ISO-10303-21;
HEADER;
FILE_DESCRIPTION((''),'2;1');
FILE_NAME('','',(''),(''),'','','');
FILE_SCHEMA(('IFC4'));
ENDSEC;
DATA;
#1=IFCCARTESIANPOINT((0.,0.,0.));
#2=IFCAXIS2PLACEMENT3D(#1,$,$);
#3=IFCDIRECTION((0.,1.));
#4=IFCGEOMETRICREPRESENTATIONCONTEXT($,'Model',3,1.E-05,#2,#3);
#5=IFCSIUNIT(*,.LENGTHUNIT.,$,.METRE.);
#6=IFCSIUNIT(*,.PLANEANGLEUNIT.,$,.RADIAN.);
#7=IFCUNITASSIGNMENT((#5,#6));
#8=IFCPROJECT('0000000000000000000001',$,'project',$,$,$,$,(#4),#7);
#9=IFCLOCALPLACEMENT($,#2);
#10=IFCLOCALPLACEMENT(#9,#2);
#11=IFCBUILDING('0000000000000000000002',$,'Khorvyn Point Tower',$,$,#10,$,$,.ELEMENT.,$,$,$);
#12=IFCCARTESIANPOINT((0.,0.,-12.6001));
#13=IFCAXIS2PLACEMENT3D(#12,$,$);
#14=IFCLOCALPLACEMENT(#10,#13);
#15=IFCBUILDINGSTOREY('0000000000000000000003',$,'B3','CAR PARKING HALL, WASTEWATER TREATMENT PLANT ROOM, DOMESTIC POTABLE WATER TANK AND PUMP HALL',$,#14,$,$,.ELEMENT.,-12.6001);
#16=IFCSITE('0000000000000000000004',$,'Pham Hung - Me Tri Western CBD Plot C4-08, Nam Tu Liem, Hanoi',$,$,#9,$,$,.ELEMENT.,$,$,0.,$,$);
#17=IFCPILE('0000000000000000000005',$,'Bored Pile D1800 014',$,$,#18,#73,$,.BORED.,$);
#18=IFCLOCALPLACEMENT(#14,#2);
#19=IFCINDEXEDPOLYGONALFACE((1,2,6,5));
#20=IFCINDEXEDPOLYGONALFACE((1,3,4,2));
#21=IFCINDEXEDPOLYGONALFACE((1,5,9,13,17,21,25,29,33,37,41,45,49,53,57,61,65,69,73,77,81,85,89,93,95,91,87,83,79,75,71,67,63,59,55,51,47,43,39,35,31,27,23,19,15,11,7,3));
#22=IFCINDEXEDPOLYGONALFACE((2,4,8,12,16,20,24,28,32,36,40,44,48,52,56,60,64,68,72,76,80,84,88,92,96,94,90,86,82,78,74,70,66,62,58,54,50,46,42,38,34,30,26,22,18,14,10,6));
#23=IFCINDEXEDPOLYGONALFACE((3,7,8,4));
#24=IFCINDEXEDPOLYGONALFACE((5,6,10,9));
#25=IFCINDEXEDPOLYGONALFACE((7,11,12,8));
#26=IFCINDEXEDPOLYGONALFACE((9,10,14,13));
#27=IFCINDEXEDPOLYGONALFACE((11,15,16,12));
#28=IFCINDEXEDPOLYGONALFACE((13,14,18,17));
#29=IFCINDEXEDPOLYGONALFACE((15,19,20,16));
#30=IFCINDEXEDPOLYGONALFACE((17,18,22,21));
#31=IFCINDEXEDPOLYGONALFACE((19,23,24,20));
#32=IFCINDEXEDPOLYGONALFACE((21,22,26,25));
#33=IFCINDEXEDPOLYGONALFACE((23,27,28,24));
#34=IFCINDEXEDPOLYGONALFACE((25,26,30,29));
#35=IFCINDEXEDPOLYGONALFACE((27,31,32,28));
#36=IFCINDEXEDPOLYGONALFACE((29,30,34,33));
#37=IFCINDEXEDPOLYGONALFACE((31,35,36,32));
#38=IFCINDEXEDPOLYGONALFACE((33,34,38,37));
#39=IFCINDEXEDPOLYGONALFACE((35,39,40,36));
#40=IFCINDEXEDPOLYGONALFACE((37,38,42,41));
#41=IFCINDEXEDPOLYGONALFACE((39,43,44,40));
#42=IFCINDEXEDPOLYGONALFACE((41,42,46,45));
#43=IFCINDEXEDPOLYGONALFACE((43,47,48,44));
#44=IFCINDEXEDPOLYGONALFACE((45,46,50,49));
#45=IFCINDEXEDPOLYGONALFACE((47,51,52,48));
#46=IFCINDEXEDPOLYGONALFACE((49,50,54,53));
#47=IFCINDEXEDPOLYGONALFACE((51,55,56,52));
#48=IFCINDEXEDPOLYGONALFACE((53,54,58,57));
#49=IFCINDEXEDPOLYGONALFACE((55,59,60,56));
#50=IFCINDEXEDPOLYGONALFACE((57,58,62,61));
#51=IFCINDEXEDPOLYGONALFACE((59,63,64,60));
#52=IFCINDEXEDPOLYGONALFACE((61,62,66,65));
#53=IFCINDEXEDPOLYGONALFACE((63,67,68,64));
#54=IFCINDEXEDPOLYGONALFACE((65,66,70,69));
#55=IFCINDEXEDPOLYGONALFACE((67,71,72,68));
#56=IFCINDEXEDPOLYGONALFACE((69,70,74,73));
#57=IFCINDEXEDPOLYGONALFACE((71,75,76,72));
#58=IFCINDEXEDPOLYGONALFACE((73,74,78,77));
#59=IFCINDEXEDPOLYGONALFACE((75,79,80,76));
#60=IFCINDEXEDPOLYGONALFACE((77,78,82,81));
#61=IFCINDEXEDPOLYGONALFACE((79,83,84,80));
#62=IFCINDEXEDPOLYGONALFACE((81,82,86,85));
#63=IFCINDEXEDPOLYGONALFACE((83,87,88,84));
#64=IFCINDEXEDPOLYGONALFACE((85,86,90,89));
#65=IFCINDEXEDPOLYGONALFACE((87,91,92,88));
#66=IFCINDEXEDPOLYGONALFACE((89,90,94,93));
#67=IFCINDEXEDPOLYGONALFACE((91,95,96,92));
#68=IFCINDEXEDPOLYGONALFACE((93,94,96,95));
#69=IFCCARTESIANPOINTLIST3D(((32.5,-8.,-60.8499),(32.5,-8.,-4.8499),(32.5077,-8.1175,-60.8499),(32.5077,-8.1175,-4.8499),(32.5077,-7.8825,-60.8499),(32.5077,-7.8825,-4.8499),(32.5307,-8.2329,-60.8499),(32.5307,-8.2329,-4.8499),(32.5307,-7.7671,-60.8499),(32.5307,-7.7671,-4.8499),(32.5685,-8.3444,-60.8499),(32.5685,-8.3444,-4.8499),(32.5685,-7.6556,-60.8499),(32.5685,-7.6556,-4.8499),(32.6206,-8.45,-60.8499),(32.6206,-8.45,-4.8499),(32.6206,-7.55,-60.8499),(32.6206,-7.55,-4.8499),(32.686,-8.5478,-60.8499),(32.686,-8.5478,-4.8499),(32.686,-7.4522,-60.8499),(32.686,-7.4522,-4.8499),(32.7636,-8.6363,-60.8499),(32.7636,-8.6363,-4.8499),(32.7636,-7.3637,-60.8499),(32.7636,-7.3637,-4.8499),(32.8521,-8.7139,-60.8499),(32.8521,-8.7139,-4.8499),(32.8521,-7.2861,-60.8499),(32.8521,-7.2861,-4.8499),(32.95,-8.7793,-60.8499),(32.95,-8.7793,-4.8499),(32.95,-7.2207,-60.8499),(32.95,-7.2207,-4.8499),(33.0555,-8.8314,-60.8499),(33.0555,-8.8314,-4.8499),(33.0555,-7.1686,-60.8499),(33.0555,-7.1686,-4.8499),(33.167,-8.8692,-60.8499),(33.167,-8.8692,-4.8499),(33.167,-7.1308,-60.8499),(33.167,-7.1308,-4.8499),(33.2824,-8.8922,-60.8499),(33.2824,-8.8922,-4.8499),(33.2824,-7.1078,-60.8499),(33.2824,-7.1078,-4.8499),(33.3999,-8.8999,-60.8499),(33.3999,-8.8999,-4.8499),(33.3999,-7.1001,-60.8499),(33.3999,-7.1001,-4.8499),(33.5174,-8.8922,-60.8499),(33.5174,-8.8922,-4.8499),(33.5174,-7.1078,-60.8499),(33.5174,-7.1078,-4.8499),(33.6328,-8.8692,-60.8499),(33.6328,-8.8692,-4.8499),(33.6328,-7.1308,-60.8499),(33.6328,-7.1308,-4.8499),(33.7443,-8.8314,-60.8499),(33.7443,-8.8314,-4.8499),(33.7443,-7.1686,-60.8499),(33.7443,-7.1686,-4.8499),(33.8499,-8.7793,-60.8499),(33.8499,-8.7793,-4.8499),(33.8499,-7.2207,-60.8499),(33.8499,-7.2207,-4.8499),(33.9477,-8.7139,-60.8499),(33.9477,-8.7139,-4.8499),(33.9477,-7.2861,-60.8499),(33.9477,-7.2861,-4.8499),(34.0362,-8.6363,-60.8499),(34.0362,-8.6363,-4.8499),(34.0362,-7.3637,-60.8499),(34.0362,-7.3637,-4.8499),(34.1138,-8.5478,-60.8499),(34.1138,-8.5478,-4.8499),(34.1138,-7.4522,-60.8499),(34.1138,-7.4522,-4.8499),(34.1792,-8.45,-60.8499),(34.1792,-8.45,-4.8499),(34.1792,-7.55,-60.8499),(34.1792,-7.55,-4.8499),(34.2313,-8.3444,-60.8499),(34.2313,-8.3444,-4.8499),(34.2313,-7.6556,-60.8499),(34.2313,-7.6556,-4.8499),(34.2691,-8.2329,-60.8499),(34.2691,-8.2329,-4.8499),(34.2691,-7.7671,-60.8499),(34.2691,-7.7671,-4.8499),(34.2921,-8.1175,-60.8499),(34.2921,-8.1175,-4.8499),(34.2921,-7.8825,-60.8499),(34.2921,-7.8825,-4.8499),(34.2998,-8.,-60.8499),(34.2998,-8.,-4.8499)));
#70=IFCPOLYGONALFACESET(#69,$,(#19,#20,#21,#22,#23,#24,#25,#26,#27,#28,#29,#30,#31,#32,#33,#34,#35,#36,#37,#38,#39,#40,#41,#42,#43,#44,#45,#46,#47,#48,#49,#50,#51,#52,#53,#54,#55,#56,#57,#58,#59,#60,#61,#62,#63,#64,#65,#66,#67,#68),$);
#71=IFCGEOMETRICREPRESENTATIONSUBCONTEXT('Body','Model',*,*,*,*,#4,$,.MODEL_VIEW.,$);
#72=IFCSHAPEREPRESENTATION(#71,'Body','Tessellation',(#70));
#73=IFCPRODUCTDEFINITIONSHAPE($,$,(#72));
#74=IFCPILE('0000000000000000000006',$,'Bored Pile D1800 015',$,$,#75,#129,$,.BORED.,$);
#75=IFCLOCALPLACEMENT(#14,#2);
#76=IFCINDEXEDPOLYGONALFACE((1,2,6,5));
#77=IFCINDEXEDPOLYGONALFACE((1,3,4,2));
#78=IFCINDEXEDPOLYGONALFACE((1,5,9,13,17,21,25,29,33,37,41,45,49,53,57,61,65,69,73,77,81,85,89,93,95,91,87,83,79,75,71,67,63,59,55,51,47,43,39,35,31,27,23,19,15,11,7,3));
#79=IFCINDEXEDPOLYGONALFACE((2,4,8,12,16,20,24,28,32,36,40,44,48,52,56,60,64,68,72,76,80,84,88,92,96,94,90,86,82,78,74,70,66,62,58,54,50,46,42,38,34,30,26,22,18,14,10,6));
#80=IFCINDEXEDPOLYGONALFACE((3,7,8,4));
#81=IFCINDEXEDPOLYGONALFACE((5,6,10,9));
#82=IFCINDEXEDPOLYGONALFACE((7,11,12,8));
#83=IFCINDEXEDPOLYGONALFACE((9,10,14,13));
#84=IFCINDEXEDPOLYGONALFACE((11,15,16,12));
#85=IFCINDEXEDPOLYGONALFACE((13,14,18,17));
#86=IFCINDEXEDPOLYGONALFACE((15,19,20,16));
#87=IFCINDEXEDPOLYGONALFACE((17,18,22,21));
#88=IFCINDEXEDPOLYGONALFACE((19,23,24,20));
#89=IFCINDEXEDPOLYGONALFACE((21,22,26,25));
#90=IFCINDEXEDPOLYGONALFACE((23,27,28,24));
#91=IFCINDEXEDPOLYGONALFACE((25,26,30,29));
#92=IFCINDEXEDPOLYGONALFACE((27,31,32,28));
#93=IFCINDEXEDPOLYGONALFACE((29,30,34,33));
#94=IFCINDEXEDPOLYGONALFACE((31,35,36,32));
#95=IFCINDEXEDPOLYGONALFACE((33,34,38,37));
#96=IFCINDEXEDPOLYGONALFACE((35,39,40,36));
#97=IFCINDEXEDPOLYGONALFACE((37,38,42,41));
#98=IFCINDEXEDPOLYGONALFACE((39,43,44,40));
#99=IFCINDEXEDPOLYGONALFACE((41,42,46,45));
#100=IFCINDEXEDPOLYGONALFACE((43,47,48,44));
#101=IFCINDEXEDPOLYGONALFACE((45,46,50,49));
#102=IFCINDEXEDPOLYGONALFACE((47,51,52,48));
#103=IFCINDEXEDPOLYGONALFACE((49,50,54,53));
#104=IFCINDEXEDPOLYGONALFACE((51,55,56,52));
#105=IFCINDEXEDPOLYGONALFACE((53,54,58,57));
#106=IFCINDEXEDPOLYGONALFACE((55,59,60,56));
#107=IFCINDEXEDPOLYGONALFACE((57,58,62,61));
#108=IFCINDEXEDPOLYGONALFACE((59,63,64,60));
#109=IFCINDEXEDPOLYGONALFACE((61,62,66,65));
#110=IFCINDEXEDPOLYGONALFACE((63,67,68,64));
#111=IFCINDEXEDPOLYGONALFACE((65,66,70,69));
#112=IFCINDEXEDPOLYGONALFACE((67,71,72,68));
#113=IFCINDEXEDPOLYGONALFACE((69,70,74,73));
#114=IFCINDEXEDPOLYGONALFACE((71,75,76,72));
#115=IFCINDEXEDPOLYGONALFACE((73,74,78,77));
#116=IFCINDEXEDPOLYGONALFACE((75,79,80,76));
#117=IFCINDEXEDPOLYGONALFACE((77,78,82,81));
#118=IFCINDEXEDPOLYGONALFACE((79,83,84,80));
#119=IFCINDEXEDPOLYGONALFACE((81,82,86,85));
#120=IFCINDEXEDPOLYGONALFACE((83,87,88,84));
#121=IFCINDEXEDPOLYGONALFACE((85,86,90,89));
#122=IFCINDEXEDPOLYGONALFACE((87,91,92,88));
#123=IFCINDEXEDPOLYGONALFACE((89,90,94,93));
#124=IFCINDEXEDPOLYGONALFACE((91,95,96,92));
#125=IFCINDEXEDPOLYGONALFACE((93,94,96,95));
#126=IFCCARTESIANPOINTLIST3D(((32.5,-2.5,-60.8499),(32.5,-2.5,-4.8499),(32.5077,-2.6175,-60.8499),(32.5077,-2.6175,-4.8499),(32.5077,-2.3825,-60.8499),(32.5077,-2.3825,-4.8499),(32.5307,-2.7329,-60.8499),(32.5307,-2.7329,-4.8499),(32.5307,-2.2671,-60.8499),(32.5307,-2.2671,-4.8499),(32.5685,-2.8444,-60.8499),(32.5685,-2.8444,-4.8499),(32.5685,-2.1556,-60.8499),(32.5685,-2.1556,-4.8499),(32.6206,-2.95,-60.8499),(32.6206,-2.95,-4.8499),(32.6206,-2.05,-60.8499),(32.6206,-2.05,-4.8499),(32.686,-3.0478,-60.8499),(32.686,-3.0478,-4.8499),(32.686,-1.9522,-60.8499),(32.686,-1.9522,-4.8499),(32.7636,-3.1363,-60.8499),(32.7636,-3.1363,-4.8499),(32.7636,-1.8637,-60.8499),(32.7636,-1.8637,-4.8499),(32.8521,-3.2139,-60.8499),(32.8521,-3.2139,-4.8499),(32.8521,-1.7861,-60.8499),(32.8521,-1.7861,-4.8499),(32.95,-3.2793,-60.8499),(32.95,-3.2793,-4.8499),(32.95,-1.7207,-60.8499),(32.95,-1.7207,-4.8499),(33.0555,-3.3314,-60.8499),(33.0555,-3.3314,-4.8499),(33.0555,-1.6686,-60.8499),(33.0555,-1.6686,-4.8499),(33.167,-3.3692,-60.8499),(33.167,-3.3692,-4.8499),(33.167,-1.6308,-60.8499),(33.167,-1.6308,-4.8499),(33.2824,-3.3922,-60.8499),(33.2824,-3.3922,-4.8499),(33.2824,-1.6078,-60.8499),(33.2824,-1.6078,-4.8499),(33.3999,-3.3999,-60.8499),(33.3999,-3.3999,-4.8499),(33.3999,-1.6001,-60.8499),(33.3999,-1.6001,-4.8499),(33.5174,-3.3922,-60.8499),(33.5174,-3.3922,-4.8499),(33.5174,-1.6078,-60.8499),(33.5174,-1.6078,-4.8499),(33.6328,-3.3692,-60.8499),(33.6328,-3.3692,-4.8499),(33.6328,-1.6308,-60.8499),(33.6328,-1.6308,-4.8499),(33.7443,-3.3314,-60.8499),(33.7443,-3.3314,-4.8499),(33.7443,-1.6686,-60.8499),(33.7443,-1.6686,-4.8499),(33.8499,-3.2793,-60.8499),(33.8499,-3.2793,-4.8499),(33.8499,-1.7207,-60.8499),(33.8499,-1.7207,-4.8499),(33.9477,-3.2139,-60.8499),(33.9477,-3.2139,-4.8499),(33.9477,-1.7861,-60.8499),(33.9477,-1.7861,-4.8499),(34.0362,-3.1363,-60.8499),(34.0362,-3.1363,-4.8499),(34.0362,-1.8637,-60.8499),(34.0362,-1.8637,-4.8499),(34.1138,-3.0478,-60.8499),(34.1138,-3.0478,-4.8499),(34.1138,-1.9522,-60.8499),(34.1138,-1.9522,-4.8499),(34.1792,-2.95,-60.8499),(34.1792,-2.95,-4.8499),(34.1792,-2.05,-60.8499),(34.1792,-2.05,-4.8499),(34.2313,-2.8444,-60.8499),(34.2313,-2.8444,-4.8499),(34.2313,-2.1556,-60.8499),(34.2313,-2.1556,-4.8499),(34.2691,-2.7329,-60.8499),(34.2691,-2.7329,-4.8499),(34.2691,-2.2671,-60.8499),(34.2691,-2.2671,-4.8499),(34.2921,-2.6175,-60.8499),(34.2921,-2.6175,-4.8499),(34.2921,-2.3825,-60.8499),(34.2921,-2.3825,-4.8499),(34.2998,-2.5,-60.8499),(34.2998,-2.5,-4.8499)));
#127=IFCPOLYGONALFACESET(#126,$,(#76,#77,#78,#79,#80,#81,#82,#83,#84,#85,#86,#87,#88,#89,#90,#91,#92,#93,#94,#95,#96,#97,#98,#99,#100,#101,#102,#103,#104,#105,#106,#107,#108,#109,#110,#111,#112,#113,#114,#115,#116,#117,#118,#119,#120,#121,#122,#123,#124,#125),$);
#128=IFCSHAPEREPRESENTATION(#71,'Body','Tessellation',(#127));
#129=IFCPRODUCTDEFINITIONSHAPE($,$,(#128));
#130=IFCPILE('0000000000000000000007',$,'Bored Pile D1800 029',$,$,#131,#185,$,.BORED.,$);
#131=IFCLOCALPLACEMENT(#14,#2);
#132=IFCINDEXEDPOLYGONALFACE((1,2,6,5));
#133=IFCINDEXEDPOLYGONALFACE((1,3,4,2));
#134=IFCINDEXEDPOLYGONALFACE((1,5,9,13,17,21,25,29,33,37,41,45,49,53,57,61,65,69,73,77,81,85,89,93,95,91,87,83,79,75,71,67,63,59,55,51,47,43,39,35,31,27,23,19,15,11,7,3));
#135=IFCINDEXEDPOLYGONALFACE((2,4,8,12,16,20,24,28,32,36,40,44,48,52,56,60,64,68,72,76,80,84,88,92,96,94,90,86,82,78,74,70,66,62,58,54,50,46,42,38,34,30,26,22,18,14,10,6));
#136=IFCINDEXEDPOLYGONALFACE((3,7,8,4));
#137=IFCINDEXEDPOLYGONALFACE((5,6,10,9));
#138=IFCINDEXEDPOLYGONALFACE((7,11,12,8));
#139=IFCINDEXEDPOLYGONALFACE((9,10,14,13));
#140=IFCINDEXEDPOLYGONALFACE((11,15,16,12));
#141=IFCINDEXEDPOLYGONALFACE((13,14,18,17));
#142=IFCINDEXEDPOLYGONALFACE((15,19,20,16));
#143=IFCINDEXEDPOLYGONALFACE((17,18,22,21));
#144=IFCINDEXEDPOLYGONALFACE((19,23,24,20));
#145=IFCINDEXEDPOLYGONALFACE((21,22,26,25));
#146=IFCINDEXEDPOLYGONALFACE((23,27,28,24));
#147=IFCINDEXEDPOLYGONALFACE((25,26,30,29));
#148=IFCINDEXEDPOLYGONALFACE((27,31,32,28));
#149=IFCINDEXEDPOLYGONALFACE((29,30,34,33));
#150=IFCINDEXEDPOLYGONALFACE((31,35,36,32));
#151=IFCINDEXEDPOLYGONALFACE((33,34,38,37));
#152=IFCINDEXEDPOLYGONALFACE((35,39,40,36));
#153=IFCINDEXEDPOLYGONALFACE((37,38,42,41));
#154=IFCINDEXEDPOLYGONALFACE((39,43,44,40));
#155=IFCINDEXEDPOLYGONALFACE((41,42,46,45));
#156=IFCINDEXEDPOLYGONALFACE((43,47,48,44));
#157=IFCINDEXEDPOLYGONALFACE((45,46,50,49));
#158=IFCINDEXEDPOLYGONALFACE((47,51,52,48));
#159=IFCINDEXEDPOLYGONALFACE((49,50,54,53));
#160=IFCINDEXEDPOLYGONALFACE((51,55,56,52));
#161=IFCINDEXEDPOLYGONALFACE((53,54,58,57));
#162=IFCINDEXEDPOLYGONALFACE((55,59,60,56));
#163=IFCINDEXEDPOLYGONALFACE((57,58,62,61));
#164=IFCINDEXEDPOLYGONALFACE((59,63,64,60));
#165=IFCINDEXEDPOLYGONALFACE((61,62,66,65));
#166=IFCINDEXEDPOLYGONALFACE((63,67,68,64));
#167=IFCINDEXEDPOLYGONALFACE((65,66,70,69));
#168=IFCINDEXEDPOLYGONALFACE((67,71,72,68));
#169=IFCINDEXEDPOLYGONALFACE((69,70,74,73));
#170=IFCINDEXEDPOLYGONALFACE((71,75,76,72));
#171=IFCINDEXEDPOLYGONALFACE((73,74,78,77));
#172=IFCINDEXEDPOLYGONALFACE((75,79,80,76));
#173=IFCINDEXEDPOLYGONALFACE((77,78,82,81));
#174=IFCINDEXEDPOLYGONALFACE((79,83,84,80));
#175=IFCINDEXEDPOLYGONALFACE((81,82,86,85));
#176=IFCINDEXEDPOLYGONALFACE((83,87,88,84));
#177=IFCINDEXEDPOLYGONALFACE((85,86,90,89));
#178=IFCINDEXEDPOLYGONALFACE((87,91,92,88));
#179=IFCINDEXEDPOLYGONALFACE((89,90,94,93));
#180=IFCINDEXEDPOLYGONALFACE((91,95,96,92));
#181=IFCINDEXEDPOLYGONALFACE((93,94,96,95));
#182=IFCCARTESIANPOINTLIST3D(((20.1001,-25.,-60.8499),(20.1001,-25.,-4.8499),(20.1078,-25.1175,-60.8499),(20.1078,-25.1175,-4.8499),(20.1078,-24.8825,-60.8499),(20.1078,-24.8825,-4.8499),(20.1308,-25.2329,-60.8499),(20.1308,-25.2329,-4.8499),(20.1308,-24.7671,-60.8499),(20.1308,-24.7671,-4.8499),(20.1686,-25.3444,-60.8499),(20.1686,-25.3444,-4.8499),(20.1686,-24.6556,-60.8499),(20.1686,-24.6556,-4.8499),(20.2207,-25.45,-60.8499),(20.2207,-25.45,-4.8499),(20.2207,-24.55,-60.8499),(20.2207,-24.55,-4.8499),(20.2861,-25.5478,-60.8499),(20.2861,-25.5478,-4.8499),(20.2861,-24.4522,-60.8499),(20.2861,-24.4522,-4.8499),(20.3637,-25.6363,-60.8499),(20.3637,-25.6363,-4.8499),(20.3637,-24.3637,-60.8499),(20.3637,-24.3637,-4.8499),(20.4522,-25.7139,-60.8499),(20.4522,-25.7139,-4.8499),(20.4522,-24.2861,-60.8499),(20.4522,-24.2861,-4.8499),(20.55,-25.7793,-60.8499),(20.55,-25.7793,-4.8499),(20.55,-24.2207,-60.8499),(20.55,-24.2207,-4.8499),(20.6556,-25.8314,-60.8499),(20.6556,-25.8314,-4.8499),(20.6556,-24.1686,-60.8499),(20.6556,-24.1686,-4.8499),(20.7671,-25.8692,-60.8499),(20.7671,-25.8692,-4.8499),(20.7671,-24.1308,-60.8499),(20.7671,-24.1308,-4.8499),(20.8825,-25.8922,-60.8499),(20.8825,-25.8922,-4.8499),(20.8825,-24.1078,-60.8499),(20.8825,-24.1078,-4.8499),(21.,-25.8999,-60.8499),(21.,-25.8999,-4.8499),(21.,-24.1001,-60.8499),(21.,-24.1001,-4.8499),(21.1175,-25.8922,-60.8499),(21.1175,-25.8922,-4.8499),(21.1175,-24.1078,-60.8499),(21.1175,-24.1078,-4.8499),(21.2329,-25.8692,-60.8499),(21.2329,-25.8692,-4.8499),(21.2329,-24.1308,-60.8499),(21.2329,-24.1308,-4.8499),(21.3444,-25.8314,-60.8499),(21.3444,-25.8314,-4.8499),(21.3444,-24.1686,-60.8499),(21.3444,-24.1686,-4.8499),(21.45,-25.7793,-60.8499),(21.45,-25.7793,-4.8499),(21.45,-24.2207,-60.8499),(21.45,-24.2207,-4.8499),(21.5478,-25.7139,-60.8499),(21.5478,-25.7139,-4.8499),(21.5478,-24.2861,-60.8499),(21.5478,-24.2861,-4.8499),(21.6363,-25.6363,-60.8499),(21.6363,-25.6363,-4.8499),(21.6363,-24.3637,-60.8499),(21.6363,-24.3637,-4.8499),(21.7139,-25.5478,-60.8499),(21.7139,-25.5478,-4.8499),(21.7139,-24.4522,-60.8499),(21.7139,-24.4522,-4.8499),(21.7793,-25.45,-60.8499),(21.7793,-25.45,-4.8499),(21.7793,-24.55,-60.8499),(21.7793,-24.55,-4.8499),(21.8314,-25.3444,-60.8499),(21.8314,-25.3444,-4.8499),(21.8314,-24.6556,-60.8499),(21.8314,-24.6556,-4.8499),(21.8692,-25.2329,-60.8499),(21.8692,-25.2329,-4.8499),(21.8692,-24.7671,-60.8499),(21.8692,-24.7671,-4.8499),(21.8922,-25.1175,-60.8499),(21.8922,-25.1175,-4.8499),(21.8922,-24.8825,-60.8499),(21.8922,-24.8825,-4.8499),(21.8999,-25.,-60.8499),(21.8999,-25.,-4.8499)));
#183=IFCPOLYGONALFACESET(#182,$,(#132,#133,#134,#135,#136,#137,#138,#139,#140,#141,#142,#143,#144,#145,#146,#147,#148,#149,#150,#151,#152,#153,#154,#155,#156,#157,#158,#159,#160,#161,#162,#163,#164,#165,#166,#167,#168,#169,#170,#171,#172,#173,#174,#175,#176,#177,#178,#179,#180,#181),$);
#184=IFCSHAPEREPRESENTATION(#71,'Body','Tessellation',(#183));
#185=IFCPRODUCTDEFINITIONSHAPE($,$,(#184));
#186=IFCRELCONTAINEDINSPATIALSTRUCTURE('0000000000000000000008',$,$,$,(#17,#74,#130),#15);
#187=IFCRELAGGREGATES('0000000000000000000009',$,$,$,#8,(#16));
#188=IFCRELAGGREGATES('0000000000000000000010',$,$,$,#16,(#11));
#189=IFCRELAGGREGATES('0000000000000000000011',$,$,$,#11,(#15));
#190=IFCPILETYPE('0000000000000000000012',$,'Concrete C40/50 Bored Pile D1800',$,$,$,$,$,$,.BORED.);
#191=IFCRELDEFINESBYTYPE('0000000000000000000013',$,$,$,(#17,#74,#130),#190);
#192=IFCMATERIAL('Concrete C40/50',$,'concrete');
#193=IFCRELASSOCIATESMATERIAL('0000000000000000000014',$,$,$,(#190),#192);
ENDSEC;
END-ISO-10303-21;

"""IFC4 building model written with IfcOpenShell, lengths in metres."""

from ifc_helpers import new_model, si_unit, direction, frame, origin, origin_2d, place, context, subcontext, project, spatial, circle, extrude, material, material_profile, profile_set, type_object, element, save


model = new_model("IFC4")

# Units and contexts
model_context = context("Model", 3, precision=1e-05, world=origin(), true_north=direction((0.0, 1.0)))
body_context = subcontext(model_context, "Body", "Model", "MODEL_VIEW")
ifc_project = project(units=[si_unit("LENGTHUNIT", "METRE"), si_unit("PLANEANGLEUNIT", "RADIAN")], contexts=[model_context])

# Site, building, storey
site_placement = place(None, origin())
site = spatial("IfcSite", under=ifc_project, at=site_placement, Name="Pham Hung - Me Tri Western CBD Plot C4-08, Nam Tu Liem, Hanoi", CompositionType="ELEMENT", RefElevation=0.0)
building_placement = place(site_placement, origin())
building = spatial("IfcBuilding", under=site, at=building_placement, Name="Khorvyn Point Tower", CompositionType="ELEMENT")
storey_placement = place(building_placement, frame((0.0, 0.0, -12.6001)))
storey = spatial("IfcBuildingStorey", under=building, at=storey_placement, Name="B3", Description="CAR PARKING HALL, WASTEWATER TREATMENT PLANT ROOM, DOMESTIC POTABLE WATER TANK AND PUMP HALL", CompositionType="ELEMENT", Elevation=-12.6001)

# Piles
ifc_material_1 = material(Name="Concrete C40/50", Category="concrete")
ifc_material_profile_1 = material_profile(ifc_material_1, circle(Radius=0.8999, at=origin_2d()))
ifc_profile_set_1 = profile_set([ifc_material_profile_1], Name="Concrete C40/50 PILE-D1800")
pile_type_1 = type_object("IfcPileType", Name="Concrete C40/50 Bored Pile D1800", PredefinedType="BORED", material=ifc_profile_set_1)
for number, where, z_axis, x_axis, name in (
    (1, (33.3999, -8.0, -4.8499), (0.0, 0.0, -1.0), (1.0, 0.0, 0.0), "Bored Pile D1800 014"),
    (2, (33.3999, -2.5, -4.8499), (0.0, 0.0, -1.0), (1.0, 0.0, 0.0), "Bored Pile D1800 015"),
    (3, (21.0, -25.0, -4.8499), (0.0, 0.0, -1.0), (1.0, 0.0, 0.0), "Bored Pile D1800 029"),
):
    element("IfcPile", number, at=place(storey_placement, frame(where, z_axis=z_axis, x_axis=x_axis)), inside=storey, type_object=pile_type_1, Name=name, PredefinedType="BORED", context=body_context, shape_type="SweptSolid", body=[
        extrude(circle(Radius=0.8999, at=origin_2d()), origin(), (0.0, 0.0, 1.0), 56.0),
    ])

save(model, "model.ifc")
